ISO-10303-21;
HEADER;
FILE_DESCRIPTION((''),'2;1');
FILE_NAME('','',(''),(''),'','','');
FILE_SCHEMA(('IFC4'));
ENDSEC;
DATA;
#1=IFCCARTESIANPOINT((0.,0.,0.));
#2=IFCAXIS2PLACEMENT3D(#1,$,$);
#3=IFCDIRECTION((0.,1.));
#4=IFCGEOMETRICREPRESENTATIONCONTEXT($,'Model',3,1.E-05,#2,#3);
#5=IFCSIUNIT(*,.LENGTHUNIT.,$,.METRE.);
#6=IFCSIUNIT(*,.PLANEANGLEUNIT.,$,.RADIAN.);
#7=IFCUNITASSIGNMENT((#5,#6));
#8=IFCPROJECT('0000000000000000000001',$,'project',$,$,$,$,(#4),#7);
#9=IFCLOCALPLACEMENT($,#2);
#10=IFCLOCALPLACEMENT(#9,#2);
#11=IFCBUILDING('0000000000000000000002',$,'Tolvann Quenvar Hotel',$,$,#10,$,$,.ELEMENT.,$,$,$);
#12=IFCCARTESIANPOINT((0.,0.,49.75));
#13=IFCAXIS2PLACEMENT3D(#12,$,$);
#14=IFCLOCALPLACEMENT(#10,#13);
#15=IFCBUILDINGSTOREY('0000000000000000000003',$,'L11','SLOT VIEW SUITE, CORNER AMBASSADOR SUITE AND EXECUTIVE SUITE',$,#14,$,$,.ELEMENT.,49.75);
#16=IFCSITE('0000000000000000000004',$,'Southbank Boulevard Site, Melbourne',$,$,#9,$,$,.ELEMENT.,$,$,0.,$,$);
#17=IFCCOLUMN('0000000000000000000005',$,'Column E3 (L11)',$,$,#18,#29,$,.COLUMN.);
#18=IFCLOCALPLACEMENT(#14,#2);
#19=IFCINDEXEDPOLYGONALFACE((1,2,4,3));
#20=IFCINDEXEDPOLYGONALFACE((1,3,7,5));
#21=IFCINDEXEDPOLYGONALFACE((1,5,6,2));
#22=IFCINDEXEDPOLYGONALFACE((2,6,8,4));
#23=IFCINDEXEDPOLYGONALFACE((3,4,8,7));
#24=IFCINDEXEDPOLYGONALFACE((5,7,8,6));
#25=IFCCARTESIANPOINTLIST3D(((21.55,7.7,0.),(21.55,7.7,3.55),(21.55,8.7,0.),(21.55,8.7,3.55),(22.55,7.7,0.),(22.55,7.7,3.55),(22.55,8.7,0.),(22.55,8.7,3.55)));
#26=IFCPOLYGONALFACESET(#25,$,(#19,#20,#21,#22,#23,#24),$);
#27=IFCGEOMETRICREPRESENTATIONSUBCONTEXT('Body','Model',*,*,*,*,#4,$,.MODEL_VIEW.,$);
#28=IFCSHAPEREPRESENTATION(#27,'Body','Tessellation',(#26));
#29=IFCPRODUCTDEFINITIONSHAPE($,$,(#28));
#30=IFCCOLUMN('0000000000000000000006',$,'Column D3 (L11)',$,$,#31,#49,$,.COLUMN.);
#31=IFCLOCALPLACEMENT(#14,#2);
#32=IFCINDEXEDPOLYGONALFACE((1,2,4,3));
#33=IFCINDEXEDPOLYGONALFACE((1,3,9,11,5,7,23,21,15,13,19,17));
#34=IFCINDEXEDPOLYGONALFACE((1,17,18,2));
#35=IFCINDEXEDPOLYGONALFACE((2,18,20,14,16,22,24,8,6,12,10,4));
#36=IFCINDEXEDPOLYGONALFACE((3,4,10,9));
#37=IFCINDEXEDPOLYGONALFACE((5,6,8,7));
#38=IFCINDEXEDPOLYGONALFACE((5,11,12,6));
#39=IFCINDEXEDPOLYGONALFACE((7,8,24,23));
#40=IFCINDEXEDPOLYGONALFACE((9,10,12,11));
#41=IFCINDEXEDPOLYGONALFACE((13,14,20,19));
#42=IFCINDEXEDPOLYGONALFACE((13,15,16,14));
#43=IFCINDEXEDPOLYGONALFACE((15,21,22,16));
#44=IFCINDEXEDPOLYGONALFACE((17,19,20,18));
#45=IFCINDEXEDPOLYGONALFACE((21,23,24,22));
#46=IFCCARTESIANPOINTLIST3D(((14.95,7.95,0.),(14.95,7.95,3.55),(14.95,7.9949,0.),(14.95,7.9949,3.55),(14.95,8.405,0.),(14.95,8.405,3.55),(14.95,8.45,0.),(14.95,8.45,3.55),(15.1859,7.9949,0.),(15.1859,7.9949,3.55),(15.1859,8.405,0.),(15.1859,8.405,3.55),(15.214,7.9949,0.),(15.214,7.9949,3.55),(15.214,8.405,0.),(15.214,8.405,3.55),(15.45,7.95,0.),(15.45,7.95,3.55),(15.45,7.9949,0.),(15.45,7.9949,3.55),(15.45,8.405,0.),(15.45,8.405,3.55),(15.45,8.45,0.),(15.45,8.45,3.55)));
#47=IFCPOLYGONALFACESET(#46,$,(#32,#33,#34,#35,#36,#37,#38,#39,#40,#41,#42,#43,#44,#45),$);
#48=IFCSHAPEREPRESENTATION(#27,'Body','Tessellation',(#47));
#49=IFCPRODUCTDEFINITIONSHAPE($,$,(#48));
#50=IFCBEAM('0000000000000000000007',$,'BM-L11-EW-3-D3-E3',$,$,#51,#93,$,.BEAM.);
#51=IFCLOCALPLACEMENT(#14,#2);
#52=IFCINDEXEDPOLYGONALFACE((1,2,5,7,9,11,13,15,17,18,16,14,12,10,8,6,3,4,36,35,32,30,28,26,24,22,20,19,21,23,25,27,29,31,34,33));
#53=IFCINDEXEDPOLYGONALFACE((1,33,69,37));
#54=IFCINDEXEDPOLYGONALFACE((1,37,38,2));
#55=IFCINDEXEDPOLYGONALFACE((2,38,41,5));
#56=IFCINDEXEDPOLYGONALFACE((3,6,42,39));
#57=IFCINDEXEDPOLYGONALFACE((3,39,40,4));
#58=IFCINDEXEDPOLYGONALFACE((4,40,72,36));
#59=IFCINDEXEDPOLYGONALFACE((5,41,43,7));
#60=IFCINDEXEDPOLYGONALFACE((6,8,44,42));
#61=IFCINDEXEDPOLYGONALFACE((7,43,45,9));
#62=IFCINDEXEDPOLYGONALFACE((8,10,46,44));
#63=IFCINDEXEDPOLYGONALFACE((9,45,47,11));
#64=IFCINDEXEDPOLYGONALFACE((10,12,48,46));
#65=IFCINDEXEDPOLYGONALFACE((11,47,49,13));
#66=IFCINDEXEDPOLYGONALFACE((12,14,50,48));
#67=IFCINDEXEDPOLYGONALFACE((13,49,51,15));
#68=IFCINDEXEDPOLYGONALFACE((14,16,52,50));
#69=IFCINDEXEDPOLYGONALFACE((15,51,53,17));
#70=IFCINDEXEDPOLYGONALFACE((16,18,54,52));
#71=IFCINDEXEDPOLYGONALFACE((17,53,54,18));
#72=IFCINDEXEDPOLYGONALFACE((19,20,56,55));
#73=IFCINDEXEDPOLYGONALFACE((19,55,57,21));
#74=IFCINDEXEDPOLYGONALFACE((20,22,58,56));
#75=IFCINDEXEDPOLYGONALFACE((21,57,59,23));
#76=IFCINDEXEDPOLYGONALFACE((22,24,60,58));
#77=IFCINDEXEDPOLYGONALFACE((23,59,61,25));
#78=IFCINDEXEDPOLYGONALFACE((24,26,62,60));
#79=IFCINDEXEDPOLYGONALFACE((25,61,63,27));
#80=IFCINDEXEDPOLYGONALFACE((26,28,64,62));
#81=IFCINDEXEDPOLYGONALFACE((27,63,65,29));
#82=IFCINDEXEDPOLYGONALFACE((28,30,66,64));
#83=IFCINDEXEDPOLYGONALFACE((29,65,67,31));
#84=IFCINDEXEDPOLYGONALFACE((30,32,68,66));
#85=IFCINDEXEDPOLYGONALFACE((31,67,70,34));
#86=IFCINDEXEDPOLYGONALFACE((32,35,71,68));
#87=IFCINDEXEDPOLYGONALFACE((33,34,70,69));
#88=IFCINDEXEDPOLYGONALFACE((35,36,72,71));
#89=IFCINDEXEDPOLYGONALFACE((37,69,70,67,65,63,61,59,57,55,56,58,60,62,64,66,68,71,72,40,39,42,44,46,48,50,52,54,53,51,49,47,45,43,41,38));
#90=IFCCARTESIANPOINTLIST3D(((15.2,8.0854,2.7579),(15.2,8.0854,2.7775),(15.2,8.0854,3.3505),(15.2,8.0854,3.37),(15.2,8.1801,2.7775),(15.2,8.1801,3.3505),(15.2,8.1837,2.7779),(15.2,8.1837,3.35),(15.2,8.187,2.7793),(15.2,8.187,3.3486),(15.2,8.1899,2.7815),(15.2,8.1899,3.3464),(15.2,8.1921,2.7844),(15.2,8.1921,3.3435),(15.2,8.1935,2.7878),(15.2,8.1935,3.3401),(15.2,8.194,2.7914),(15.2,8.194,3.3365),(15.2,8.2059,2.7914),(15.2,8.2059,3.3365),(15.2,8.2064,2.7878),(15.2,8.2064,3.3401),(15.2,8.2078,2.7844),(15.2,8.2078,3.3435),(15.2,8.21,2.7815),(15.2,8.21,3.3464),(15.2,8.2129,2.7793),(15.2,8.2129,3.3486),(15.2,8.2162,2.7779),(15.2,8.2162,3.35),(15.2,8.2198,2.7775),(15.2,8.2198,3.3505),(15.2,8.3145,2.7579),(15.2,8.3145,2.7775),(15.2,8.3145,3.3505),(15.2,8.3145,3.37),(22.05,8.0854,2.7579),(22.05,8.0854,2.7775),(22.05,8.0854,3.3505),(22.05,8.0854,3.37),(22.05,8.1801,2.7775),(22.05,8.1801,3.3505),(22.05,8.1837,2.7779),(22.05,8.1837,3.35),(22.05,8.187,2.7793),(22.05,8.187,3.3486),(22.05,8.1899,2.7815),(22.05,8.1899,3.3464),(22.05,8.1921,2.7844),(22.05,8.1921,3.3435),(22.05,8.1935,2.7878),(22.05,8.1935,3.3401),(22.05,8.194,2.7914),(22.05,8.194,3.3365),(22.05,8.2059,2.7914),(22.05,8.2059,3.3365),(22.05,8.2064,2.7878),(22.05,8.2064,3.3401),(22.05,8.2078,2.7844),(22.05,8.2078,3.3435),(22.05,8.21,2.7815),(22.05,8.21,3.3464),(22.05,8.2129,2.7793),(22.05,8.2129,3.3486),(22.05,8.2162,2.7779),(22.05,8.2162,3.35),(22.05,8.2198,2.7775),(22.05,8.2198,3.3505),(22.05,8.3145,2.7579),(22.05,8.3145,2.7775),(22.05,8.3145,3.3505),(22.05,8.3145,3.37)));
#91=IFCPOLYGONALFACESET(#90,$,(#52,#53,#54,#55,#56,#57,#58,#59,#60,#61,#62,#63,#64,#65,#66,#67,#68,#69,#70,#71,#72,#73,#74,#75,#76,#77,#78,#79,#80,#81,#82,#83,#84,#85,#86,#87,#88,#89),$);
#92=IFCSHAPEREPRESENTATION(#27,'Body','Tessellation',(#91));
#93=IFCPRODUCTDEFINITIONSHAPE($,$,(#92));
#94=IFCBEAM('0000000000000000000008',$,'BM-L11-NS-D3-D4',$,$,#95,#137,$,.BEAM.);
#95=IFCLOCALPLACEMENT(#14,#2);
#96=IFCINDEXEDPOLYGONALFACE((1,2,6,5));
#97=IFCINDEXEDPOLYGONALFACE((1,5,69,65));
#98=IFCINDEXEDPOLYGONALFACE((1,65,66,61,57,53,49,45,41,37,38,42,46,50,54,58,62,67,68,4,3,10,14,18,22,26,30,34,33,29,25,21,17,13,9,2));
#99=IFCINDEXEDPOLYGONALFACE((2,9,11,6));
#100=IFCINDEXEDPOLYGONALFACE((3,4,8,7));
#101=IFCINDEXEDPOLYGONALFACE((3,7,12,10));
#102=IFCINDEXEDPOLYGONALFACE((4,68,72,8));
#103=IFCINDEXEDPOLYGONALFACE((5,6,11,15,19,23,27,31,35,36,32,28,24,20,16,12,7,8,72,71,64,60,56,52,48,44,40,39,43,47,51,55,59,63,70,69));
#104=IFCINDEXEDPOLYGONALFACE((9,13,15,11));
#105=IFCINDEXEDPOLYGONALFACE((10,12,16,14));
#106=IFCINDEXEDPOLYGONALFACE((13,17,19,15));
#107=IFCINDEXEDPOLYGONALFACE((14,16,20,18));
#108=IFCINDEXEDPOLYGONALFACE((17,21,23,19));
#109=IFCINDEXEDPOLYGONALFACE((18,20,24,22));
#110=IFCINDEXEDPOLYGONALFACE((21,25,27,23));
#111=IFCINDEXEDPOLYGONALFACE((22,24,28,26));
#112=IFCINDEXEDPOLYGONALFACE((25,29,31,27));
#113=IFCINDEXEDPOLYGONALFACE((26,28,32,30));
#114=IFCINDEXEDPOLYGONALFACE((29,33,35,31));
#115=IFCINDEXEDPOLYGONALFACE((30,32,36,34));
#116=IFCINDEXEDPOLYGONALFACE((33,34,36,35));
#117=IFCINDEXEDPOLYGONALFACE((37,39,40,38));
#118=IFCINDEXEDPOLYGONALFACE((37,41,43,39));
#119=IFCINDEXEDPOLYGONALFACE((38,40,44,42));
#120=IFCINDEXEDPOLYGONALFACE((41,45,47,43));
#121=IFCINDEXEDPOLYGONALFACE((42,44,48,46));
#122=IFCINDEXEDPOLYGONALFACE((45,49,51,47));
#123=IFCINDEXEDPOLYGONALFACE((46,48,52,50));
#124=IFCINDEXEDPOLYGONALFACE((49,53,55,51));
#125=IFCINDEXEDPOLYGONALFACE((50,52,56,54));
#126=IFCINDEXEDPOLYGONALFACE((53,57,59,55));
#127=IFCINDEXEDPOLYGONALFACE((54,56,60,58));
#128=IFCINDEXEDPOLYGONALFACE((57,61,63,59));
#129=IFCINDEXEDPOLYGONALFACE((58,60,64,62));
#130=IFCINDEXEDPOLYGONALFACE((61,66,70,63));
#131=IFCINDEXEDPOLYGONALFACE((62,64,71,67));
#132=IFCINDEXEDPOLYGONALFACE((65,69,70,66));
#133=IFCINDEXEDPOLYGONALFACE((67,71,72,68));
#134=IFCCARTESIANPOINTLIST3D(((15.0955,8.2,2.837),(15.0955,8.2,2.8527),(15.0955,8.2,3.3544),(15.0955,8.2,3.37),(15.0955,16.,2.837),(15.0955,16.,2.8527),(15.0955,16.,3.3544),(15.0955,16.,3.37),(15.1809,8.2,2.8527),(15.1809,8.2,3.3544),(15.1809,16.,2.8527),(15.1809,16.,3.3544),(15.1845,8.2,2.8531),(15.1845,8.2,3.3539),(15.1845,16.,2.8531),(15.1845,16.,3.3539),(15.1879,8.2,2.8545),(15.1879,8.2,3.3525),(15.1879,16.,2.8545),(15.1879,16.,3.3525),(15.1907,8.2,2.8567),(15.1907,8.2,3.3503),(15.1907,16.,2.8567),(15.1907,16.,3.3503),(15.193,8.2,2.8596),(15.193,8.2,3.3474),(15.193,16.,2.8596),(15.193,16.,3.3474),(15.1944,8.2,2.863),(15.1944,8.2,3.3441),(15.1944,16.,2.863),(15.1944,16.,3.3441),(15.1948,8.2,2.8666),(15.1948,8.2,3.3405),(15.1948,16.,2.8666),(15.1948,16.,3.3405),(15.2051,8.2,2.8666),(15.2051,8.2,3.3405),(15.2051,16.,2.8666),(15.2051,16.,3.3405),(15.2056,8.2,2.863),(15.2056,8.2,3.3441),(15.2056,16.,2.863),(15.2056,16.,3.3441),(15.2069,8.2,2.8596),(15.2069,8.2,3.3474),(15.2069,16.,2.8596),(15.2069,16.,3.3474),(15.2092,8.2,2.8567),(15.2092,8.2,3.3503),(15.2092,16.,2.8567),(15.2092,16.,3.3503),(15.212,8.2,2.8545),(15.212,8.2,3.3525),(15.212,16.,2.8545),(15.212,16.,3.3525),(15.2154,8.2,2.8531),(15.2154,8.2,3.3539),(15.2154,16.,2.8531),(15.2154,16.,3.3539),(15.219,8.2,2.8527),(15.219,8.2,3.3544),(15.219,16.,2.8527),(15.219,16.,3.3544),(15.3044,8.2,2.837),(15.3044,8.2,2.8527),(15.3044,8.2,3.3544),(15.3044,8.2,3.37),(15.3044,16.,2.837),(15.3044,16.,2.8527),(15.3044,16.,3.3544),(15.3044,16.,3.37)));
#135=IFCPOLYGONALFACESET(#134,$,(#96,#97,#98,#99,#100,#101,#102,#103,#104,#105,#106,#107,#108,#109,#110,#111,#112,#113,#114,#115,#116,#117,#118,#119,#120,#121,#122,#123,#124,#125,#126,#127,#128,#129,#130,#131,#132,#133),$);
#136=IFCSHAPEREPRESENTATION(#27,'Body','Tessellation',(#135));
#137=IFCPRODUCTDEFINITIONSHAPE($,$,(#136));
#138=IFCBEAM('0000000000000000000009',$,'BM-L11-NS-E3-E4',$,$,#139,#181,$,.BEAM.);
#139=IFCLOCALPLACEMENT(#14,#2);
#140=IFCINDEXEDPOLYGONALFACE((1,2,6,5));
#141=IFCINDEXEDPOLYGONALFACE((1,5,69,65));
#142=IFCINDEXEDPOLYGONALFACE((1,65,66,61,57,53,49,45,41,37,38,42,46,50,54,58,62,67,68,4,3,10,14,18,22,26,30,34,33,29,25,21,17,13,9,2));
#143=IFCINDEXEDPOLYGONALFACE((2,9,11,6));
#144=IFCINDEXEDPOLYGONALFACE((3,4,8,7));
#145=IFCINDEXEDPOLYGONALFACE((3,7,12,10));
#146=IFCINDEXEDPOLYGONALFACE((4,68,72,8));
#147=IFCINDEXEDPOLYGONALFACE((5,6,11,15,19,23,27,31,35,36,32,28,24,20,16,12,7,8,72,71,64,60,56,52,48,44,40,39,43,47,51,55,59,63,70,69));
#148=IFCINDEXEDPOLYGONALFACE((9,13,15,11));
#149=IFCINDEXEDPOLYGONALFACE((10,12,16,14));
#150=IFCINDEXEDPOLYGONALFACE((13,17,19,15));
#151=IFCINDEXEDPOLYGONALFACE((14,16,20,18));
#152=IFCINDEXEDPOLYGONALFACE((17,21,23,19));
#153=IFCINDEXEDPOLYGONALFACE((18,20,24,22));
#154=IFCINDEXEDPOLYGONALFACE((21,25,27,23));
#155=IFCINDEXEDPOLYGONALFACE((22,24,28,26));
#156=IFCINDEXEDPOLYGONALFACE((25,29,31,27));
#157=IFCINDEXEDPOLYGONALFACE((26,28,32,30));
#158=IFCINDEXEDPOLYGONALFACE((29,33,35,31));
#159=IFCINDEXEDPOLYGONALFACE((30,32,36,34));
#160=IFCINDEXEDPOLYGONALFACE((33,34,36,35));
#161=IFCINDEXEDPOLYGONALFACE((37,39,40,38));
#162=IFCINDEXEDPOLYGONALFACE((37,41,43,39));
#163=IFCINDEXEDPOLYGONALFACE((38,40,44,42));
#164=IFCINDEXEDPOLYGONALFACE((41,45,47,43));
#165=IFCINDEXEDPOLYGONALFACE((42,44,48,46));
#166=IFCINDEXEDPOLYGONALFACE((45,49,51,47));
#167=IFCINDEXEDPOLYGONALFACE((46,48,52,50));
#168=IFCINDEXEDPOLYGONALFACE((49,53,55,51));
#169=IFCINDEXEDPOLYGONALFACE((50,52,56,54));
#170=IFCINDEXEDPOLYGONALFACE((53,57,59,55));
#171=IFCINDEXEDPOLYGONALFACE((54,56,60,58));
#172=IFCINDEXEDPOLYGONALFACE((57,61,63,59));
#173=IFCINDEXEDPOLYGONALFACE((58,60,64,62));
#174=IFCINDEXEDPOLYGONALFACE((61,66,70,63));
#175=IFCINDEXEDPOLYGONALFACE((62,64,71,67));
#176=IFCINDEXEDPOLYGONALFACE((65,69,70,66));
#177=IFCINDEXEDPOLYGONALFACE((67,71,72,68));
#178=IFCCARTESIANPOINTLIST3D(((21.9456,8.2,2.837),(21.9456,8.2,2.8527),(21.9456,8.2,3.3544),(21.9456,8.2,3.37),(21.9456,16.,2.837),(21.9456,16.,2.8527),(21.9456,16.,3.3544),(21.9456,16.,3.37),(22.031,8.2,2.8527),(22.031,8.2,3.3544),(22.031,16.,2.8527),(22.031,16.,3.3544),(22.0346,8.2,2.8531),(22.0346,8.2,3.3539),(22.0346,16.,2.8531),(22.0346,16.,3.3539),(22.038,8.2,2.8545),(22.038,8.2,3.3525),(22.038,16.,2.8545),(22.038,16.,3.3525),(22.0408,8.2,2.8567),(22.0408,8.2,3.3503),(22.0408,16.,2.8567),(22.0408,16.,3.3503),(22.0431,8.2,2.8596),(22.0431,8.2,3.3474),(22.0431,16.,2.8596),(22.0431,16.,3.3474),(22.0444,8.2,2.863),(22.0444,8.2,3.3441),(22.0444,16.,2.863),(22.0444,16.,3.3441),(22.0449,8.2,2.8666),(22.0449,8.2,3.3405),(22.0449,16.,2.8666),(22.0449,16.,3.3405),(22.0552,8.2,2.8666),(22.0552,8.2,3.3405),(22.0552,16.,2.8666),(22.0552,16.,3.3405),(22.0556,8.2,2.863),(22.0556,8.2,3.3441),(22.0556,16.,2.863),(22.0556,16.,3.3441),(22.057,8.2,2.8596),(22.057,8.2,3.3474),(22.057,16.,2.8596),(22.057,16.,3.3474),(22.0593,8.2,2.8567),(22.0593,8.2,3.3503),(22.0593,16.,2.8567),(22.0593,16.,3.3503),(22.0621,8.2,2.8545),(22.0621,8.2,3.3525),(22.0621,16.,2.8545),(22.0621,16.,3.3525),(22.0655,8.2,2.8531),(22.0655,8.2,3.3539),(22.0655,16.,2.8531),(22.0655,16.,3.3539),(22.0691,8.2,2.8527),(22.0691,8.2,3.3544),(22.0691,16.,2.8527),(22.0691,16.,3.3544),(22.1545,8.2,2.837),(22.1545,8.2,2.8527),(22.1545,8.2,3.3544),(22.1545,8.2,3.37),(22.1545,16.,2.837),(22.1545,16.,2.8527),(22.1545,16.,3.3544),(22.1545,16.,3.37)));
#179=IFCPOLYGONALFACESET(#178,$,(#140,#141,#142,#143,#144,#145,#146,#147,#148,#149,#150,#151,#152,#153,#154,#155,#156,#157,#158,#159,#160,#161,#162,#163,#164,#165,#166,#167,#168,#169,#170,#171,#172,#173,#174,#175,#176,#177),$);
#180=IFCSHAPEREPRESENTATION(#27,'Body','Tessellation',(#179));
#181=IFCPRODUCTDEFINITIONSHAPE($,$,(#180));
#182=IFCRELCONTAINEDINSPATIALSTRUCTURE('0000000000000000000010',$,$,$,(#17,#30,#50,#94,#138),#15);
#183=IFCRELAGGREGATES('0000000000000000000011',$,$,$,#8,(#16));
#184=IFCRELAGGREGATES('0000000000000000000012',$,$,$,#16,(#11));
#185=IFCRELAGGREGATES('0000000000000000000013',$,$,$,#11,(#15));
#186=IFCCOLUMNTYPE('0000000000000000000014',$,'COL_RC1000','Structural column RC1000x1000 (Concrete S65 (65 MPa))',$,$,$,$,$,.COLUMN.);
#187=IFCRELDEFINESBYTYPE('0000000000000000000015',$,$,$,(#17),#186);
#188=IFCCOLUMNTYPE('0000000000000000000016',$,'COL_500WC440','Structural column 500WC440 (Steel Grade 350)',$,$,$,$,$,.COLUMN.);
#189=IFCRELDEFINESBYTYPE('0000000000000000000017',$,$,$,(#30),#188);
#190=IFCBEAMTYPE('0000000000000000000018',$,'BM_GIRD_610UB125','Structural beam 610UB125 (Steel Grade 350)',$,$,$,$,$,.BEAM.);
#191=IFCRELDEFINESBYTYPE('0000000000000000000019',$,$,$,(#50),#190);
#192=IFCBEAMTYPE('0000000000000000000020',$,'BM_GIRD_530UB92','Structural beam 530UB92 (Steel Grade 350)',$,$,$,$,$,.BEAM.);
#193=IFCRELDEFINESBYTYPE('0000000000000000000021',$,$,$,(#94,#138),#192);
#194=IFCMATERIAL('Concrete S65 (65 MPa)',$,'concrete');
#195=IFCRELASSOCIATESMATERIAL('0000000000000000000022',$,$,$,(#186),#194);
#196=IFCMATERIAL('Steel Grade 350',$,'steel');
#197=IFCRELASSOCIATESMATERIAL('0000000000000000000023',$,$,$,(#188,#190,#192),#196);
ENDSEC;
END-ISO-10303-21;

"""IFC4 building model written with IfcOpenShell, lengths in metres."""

from ifc_helpers import new_model, si_unit, direction, frame, origin, origin_2d, place, context, subcontext, project, spatial, rectangle, i_section, extrude, source, transform, mapped, material, material_profile, profile_set, type_object, type_shapes, element, save


model = new_model("IFC4")

# Units and contexts
model_context = context("Model", 3, precision=1e-05, world=origin(), true_north=direction((0.0, 1.0)))
body_context = subcontext(model_context, "Body", "Model", "MODEL_VIEW")
ifc_project = project(units=[si_unit("LENGTHUNIT", "METRE"), si_unit("PLANEANGLEUNIT", "RADIAN")], contexts=[model_context])

# Site, building, storey
site_placement = place(None, origin())
site = spatial("IfcSite", under=ifc_project, at=site_placement, Name="Southbank Boulevard Site, Melbourne", CompositionType="ELEMENT", RefElevation=0.0)
building_placement = place(site_placement, origin())
building = spatial("IfcBuilding", under=site, at=building_placement, Name="Tolvann Quenvar Hotel", CompositionType="ELEMENT")
storey_placement = place(building_placement, frame((0.0, 0.0, 49.75)))
storey = spatial("IfcBuildingStorey", under=building, at=storey_placement, Name="L11", Description="SLOT VIEW SUITE, CORNER AMBASSADOR SUITE AND EXECUTIVE SUITE", CompositionType="ELEMENT", Elevation=49.75)

# Columns
ifc_material_1 = material(Name="Concrete S65 (65 MPa)", Category="concrete")
ifc_material_profile_1 = material_profile(ifc_material_1, rectangle(XDim=1.0, YDim=1.0, at=origin_2d()), Name="RC1000x1000")
ifc_profile_set_1 = profile_set([ifc_material_profile_1], Name="Concrete S65 (65 MPa)")
column_type_1 = type_object("IfcColumnType", Name="COL_RC1000", Description="Structural column RC1000x1000 (Concrete S65 (65 MPa))", PredefinedType="COLUMN", material=ifc_profile_set_1)
shared_shape_1 = source(origin(), body_context, "Body", "SweptSolid", [
    extrude(rectangle(XDim=1.0, YDim=1.0, at=origin_2d()), origin(), (0.0, 0.0, 1.0), 3.55),
])
type_shapes(column_type_1, [shared_shape_1])
column_1_placement = place(storey_placement, frame((22.05, 8.2, 0.0), z_axis=(0.0, 0.0, 1.0), x_axis=(1.0, 0.0, 0.0)))
element("IfcColumn", 1, at=column_1_placement, inside=storey, type_object=column_type_1, Name="Column E3 (L11)", PredefinedType="COLUMN", context=body_context, shape_type="MappedRepresentation", body=[
    mapped(shared_shape_1, transform((0.0, 0.0, 0.0), x_axis=(1.0, 0.0, 0.0), y_axis=(0.0, 1.0, 0.0), z_axis=(0.0, 0.0, 1.0), scale=1.0)),
])
ifc_material_2 = material(Name="Steel Grade 350", Category="steel")
ifc_material_profile_2 = material_profile(ifc_material_2, i_section(OverallWidth=0.5, OverallDepth=0.5, WebThickness=0.0281, FlangeThickness=0.0449, at=origin_2d()), Name="500WC440")
ifc_profile_set_2 = profile_set([ifc_material_profile_2], Name="Steel Grade 350")
column_type_2 = type_object("IfcColumnType", Name="COL_500WC440", Description="Structural column 500WC440 (Steel Grade 350)", PredefinedType="COLUMN", material=ifc_profile_set_2)
shared_shape_2 = source(origin(), body_context, "Body", "SweptSolid", [
    extrude(i_section(OverallWidth=0.5, OverallDepth=0.5, WebThickness=0.0281, FlangeThickness=0.0449, at=origin_2d()), origin(), (0.0, 0.0, 1.0), 3.55),
])
type_shapes(column_type_2, [shared_shape_2])
column_2_placement = place(storey_placement, frame((15.2, 8.2, 0.0), z_axis=(0.0, 0.0, 1.0), x_axis=(1.0, 0.0, 0.0)))
element("IfcColumn", 2, at=column_2_placement, inside=storey, type_object=column_type_2, Name="Column D3 (L11)", PredefinedType="COLUMN", context=body_context, shape_type="MappedRepresentation", body=[
    mapped(shared_shape_2, transform((0.0, 0.0, 0.0), x_axis=(1.0, 0.0, 0.0), y_axis=(0.0, 1.0, 0.0), z_axis=(0.0, 0.0, 1.0), scale=1.0)),
])

# Beams
ifc_material_profile_3 = material_profile(ifc_material_2, i_section(OverallWidth=0.229, OverallDepth=0.6121, WebThickness=0.012, FlangeThickness=0.0195, FilletRadius=0.0139, at=origin_2d()), Name="610UB125")
ifc_profile_set_3 = profile_set([ifc_material_profile_3], Name="Steel Grade 350")
beam_type_1 = type_object("IfcBeamType", Name="BM_GIRD_610UB125", Description="Structural beam 610UB125 (Steel Grade 350)", PredefinedType="BEAM", material=ifc_profile_set_3)
shared_shape_3 = source(origin(), body_context, "Body", "SweptSolid", [
    extrude(i_section(OverallWidth=0.229, OverallDepth=0.6121, WebThickness=0.012, FlangeThickness=0.0195, FilletRadius=0.0139, at=origin_2d()), origin(), (0.0, 0.0, 1.0), 6.8501),
])
type_shapes(beam_type_1, [shared_shape_3])
beam_placement = place(storey_placement, frame((15.2, 8.2, 3.064), z_axis=(1.0, 0.0, 0.0), x_axis=(0.0, 1.0, 0.0)))
element("IfcBeam", 3, at=beam_placement, inside=storey, type_object=beam_type_1, Name="BM-L11-EW-3-D3-E3", PredefinedType="BEAM", context=body_context, shape_type="MappedRepresentation", body=[
    mapped(shared_shape_3, transform((0.0, 0.0, 0.0), x_axis=(1.0, 0.0, 0.0), y_axis=(0.0, 1.0, 0.0), z_axis=(0.0, 0.0, 1.0), scale=1.0)),
])
ifc_material_profile_4 = material_profile(ifc_material_2, i_section(OverallWidth=0.209, OverallDepth=0.533, WebThickness=0.0103, FlangeThickness=0.0156, FilletRadius=0.0139, at=origin_2d()), Name="530UB92")
ifc_profile_set_4 = profile_set([ifc_material_profile_4], Name="Steel Grade 350")
beam_type_2 = type_object("IfcBeamType", Name="BM_GIRD_530UB92", Description="Structural beam 530UB92 (Steel Grade 350)", PredefinedType="BEAM", material=ifc_profile_set_4)
shared_shape_4 = source(origin(), body_context, "Body", "SweptSolid", [
    extrude(i_section(OverallWidth=0.209, OverallDepth=0.533, WebThickness=0.0103, FlangeThickness=0.0156, FilletRadius=0.0139, at=origin_2d()), origin(), (0.0, 0.0, 1.0), 7.8),
])
type_shapes(beam_type_2, [shared_shape_4])
for number, where, z_axis, x_axis, name in (
    (4, (15.2, 8.2, 3.1035), (0.0, 1.0, 0.0), (-1.0, 0.0, 0.0), "BM-L11-NS-D3-D4"),
    (5, (22.05, 8.2, 3.1035), (0.0, 1.0, 0.0), (-1.0, 0.0, 0.0), "BM-L11-NS-E3-E4"),
):
    element("IfcBeam", number, at=place(storey_placement, frame(where, z_axis=z_axis, x_axis=x_axis)), inside=storey, type_object=beam_type_2, Name=name, PredefinedType="BEAM", context=body_context, shape_type="MappedRepresentation", body=[
        mapped(shared_shape_4, transform((0.0, 0.0, 0.0), x_axis=(1.0, 0.0, 0.0), y_axis=(0.0, 1.0, 0.0), z_axis=(0.0, 0.0, 1.0), scale=1.0)),
    ])

save(model, "model.ifc")
